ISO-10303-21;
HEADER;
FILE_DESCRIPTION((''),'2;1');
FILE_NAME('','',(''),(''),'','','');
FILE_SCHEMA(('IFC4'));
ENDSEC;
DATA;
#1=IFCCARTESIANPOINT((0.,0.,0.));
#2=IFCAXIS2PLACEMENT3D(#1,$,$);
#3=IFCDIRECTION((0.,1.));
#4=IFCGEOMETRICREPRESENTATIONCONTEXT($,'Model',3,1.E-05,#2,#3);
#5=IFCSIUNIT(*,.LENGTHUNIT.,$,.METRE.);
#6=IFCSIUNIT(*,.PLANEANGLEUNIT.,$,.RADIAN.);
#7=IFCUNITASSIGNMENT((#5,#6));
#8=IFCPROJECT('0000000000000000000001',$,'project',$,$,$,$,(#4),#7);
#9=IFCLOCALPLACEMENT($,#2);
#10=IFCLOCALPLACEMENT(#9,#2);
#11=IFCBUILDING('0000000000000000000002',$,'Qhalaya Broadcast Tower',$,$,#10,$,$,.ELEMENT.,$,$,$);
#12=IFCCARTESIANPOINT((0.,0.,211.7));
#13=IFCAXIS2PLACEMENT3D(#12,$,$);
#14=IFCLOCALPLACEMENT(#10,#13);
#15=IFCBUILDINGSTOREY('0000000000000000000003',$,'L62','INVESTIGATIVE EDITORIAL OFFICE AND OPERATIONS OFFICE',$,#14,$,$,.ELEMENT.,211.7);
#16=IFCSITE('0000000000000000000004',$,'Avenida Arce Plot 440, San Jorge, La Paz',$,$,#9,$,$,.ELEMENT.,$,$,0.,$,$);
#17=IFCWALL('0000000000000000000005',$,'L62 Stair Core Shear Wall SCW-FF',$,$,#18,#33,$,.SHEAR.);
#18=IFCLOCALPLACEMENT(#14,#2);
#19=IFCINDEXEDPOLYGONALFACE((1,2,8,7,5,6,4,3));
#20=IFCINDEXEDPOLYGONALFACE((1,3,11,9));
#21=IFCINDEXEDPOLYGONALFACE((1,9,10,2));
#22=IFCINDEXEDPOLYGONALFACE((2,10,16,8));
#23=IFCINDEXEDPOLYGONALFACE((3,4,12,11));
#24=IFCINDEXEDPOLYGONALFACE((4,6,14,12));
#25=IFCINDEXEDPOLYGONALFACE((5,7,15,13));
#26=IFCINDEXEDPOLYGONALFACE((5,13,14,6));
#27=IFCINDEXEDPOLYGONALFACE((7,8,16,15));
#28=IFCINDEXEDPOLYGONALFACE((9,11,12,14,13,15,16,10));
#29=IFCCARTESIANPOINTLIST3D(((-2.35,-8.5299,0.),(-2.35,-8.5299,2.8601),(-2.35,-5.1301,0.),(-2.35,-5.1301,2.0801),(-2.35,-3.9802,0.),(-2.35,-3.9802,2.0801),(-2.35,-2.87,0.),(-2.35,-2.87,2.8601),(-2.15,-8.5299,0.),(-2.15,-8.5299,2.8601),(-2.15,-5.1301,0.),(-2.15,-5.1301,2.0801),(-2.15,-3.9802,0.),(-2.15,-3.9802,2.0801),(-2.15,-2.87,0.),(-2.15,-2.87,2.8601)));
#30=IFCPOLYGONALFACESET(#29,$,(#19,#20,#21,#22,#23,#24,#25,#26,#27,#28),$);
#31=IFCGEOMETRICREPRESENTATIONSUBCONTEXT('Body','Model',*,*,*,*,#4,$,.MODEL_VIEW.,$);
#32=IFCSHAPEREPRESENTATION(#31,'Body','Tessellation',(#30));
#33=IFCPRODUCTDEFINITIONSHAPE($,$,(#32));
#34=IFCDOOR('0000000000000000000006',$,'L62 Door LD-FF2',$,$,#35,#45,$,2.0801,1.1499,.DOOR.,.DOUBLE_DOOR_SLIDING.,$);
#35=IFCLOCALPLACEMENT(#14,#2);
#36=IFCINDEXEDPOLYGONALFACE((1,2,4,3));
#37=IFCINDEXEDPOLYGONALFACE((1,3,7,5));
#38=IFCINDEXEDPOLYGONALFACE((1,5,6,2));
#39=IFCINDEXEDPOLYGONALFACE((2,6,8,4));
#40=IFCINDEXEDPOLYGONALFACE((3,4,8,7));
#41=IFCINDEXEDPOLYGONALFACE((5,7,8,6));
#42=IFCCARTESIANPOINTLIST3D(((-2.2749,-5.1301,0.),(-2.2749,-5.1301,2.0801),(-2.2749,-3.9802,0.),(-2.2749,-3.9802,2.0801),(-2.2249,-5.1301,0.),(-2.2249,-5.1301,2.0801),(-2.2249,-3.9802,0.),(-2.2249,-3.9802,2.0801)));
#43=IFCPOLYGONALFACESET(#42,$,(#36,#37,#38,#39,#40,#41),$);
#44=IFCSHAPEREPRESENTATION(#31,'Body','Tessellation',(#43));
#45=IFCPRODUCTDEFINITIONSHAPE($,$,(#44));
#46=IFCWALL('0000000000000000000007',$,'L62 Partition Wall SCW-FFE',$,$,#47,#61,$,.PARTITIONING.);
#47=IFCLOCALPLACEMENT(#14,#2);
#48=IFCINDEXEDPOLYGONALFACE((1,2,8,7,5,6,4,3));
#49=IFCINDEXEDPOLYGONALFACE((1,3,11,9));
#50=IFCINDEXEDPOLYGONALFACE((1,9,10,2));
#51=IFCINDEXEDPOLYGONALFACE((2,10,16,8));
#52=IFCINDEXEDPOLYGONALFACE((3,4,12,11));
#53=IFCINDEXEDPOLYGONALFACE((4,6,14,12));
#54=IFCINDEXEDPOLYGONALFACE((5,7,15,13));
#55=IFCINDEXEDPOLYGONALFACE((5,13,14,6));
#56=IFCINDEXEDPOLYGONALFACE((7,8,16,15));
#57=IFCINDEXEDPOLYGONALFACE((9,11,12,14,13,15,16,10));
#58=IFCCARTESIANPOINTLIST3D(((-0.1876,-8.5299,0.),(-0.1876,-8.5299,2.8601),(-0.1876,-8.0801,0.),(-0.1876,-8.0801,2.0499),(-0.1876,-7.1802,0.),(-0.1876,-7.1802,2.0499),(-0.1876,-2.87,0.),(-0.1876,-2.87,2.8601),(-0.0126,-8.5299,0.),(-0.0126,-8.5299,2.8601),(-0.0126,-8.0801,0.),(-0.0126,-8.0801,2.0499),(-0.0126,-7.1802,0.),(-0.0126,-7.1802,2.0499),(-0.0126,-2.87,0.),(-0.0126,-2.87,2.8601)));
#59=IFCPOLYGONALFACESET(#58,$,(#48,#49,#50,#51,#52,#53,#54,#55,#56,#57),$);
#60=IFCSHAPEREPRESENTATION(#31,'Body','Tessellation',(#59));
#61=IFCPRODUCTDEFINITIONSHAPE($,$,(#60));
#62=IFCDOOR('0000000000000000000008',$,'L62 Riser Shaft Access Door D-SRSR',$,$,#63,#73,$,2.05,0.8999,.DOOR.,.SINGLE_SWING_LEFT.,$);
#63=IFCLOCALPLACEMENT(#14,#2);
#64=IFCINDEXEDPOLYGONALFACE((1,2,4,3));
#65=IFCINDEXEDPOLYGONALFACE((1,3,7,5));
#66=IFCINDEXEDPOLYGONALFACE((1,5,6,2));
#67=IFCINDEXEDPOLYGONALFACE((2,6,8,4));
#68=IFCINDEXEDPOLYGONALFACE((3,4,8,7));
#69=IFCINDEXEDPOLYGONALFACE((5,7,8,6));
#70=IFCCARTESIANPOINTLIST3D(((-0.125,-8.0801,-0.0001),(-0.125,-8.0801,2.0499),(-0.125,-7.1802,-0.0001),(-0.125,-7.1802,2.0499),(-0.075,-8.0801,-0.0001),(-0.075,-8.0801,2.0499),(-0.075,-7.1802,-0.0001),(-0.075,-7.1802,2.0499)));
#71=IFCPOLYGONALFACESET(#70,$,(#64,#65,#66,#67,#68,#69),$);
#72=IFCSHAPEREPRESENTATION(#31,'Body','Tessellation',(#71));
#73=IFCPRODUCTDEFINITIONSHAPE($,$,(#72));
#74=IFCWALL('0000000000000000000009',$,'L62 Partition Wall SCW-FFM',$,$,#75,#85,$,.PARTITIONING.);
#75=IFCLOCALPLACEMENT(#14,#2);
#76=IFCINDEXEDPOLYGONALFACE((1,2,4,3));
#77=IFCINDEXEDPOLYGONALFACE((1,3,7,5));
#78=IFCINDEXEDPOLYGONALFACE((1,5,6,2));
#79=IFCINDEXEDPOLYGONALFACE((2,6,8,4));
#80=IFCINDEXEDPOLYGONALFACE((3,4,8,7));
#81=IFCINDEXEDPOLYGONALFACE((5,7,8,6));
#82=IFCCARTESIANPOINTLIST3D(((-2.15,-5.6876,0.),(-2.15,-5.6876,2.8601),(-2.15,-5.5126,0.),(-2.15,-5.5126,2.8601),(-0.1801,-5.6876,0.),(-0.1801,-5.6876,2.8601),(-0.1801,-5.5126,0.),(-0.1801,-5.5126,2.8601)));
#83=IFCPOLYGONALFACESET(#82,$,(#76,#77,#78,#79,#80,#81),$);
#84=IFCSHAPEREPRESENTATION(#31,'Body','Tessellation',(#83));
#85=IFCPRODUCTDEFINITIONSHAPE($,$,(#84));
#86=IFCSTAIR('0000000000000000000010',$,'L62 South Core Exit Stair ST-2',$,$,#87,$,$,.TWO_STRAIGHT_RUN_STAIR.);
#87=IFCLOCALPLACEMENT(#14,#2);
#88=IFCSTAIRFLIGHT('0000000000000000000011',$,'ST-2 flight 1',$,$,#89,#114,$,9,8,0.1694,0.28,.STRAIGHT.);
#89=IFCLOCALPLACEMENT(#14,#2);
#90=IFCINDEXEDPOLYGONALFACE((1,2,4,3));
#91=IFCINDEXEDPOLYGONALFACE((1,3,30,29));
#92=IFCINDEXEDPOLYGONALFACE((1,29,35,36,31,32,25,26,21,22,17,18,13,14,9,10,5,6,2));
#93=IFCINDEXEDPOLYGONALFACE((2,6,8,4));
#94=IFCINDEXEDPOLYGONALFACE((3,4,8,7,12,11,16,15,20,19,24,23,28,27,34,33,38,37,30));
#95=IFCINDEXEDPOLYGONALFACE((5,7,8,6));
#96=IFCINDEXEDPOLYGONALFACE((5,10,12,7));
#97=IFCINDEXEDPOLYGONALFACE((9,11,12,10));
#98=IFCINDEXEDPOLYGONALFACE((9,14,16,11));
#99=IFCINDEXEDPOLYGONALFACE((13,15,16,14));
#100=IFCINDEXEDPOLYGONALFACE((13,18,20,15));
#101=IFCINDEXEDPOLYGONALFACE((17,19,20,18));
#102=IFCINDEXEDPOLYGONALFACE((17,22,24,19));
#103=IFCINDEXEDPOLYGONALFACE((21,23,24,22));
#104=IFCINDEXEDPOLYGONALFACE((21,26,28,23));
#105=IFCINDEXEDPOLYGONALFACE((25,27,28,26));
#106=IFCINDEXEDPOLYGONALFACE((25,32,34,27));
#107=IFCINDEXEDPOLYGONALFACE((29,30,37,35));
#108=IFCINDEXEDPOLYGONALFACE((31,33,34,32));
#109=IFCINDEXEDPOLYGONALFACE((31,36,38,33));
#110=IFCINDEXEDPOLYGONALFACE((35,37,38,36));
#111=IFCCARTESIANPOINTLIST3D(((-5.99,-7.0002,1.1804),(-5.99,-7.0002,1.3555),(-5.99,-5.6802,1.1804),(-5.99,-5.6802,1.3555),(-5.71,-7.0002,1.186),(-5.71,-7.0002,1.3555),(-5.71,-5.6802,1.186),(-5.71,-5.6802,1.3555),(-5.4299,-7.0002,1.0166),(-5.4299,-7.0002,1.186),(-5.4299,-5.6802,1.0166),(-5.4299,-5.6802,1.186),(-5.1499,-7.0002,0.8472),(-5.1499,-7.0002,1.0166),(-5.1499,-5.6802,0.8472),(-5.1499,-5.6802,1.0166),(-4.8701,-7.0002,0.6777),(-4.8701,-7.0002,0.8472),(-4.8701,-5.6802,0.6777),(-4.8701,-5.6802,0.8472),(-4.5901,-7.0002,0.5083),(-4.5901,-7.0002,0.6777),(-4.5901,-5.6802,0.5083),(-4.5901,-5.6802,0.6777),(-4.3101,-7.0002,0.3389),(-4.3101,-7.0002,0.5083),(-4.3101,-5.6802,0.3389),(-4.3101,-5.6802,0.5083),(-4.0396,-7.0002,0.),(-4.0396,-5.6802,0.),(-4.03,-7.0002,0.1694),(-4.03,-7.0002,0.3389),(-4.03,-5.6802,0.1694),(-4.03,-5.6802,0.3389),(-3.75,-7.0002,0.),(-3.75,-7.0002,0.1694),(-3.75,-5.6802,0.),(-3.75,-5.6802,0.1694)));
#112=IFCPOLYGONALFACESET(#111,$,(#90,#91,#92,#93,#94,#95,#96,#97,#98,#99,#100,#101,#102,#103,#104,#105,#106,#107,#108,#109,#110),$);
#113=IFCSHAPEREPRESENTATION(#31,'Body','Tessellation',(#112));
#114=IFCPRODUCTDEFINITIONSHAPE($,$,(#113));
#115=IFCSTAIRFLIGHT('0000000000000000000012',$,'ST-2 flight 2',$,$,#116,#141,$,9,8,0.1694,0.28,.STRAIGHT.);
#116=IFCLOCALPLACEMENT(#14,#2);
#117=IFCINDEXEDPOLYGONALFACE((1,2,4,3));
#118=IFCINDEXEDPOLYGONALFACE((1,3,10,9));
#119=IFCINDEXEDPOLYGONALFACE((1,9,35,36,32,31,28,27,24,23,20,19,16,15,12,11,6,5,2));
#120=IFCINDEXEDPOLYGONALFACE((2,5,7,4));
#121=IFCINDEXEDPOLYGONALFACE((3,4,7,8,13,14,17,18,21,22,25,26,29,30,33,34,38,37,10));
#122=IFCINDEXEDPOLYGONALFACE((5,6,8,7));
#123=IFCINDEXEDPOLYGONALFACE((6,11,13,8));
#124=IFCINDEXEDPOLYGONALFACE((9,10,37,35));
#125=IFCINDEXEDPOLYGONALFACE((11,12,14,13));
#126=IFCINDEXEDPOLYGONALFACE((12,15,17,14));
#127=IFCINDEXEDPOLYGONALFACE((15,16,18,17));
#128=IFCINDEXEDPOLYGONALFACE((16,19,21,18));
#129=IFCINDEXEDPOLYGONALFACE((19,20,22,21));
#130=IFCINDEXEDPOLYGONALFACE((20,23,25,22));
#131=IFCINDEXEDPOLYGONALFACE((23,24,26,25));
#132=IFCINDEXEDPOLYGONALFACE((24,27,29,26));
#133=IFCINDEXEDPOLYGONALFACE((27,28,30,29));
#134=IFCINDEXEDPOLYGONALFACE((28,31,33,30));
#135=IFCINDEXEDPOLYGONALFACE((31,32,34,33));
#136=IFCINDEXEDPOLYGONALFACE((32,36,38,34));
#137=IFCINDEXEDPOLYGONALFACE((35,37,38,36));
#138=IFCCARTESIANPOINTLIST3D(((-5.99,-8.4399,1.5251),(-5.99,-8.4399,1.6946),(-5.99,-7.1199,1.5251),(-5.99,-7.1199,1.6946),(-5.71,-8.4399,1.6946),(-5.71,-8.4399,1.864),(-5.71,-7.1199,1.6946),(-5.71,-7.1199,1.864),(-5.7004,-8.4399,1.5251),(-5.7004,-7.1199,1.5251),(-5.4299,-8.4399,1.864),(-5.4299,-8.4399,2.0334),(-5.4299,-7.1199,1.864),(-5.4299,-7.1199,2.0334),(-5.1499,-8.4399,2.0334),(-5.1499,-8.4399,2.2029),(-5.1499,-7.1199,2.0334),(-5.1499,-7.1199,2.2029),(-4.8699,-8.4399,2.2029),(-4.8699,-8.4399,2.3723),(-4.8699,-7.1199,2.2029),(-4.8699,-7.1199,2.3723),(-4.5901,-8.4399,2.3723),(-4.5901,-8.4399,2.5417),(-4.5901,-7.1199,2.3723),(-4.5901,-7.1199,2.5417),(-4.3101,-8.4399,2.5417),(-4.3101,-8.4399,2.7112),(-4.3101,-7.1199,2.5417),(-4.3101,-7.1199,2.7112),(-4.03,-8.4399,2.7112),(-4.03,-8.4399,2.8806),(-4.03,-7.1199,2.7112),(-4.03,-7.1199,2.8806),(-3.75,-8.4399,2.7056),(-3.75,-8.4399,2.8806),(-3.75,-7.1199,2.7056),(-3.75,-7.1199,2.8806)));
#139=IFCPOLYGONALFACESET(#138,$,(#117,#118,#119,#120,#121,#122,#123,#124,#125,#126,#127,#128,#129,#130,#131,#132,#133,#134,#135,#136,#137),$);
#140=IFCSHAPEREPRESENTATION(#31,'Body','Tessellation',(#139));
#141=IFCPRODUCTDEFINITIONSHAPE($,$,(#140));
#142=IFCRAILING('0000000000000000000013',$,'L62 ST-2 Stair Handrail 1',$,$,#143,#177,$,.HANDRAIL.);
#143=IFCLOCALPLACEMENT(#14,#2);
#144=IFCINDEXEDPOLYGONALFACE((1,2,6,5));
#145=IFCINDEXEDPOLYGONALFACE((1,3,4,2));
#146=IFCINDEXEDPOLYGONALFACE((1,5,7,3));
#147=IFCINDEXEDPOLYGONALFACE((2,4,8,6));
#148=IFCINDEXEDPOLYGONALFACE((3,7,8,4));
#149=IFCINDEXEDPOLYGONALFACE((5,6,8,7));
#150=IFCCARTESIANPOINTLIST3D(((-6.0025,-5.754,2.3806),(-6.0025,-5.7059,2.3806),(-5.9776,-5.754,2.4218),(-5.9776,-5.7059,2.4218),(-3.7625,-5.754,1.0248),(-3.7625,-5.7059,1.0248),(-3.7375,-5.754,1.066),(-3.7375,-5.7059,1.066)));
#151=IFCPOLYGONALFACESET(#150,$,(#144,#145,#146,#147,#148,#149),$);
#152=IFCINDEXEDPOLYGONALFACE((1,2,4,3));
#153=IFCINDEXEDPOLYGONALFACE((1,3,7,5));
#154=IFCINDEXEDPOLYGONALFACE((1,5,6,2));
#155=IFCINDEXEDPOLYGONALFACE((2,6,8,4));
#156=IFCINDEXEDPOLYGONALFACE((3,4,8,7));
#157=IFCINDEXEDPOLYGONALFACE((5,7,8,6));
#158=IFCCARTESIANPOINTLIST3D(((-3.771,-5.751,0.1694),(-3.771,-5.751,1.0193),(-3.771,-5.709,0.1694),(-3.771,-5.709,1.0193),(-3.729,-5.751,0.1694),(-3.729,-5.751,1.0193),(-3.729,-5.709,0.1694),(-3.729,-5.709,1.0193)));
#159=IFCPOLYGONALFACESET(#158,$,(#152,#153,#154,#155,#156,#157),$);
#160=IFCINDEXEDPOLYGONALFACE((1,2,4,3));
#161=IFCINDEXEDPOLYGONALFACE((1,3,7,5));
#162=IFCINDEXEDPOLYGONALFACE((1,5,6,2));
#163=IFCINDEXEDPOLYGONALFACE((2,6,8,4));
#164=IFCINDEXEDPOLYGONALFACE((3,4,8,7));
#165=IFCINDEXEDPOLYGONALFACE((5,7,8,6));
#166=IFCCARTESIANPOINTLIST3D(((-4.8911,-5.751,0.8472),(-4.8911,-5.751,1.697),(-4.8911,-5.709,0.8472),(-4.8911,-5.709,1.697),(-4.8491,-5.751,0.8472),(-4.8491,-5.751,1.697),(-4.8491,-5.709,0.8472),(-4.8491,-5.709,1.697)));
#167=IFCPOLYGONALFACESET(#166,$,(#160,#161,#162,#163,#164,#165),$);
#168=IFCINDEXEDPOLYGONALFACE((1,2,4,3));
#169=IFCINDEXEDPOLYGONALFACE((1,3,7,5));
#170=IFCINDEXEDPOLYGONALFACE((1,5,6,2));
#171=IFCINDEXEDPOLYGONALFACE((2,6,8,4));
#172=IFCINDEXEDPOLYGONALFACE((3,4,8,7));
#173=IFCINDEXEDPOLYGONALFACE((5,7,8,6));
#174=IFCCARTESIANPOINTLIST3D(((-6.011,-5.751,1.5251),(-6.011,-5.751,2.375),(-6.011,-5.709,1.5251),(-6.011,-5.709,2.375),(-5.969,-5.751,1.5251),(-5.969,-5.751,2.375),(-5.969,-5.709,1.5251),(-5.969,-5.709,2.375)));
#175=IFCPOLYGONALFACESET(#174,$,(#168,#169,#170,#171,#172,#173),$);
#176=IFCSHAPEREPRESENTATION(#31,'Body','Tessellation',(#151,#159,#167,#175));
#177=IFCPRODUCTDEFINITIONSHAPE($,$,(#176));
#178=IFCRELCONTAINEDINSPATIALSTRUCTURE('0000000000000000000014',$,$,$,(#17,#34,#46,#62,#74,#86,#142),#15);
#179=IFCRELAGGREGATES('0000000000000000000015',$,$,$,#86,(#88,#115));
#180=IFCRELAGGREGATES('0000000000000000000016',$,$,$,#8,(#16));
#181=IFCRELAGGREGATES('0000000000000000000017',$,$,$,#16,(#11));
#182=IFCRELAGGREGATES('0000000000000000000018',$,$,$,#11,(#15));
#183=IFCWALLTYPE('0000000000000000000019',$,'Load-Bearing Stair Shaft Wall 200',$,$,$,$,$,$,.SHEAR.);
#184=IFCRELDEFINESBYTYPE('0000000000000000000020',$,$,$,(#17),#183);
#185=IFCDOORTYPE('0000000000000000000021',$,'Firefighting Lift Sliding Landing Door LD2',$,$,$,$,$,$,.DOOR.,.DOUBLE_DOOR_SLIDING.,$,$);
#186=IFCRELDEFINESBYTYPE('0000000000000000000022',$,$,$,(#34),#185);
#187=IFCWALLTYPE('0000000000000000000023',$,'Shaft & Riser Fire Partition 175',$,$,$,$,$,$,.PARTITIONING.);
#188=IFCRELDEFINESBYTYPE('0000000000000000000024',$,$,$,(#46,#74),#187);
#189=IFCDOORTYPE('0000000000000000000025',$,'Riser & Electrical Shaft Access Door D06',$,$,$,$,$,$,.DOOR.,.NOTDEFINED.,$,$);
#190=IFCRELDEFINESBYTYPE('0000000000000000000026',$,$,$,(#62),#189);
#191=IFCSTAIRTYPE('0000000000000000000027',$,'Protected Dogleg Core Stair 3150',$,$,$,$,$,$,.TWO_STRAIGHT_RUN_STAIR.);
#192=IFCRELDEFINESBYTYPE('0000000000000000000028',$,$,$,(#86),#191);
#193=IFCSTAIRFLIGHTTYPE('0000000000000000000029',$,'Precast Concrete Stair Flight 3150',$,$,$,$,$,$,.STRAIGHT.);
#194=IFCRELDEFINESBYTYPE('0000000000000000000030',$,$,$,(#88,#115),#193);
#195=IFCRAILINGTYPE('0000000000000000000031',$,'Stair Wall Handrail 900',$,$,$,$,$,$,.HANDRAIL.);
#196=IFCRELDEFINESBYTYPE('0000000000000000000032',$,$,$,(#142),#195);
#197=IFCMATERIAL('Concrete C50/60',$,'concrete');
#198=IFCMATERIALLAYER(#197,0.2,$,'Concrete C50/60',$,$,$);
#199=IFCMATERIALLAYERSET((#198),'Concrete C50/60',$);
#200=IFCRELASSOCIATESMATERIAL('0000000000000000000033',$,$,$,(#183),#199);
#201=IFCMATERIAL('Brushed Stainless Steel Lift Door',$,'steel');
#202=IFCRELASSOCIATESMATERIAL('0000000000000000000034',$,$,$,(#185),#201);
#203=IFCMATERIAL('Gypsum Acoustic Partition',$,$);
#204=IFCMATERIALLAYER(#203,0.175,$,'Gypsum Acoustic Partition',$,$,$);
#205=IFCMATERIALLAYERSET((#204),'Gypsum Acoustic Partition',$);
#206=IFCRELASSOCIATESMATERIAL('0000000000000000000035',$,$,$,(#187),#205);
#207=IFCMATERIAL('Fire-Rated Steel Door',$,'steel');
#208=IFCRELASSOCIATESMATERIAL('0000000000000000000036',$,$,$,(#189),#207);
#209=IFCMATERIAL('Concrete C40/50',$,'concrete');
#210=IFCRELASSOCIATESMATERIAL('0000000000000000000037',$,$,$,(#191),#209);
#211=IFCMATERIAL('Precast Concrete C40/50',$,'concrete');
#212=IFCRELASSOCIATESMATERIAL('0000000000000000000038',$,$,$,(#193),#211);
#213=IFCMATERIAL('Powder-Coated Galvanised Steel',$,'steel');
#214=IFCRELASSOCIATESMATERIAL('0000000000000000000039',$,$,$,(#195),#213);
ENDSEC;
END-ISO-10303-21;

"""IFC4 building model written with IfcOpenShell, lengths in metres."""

from ifc_helpers import new_model, si_unit, direction, frame, frame_2d, origin, origin_2d, place, context, subcontext, project, spatial, polyline, rectangle, outline, extrude, material, layer, layer_set, type_object, element, fill, aggregate, save


model = new_model("IFC4")

# Units and contexts
model_context = context("Model", 3, precision=1e-05, world=origin(), true_north=direction((0.0, 1.0)))
body_context = subcontext(model_context, "Body", "Model", "MODEL_VIEW")
ifc_project = project(units=[si_unit("LENGTHUNIT", "METRE"), si_unit("PLANEANGLEUNIT", "RADIAN")], contexts=[model_context])

# Site, building, storey
site_placement = place(None, origin())
site = spatial("IfcSite", under=ifc_project, at=site_placement, Name="Avenida Arce Plot 440, San Jorge, La Paz", CompositionType="ELEMENT", RefElevation=0.0)
building_placement = place(site_placement, origin())
building = spatial("IfcBuilding", under=site, at=building_placement, Name="Qhalaya Broadcast Tower", CompositionType="ELEMENT")
storey_placement = place(building_placement, frame((0.0, 0.0, 211.7)))
storey = spatial("IfcBuildingStorey", under=building, at=storey_placement, Name="L62", Description="INVESTIGATIVE EDITORIAL OFFICE AND OPERATIONS OFFICE", CompositionType="ELEMENT", Elevation=211.7)

# Shared definitions
ifc_material_1 = material(Name="Concrete C50/60", Category="concrete")

# Walls, openings, doors
ifc_material_2 = material(Name="Gypsum Acoustic Partition")
ifc_layer_1 = layer(ifc_material_1, 0.2, Name="Concrete C50/60")
ifc_layer_set_1 = layer_set([ifc_layer_1], Name="Concrete C50/60")
wall_type_1 = type_object("IfcWallType", Name="Load-Bearing Stair Shaft Wall 200", PredefinedType="SHEAR", material=ifc_layer_set_1)
ifc_material_3 = material(Name="Fire-Rated Steel Door", Category="steel")
wall_1_placement = place(storey_placement, frame((-2.25, -8.53, 0.0), z_axis=(0.0, 0.0, 1.0), x_axis=(0.0, 1.0, 0.0)))
wall_1 = element("IfcWall", 1, at=wall_1_placement, inside=storey, type_object=wall_type_1, Name="L62 Stair Core Shear Wall SCW-FF", PredefinedType="SHEAR", context=body_context, shape_type="SweptSolid", body=[
    extrude(rectangle(XDim=5.6599, YDim=0.2, at=frame_2d((2.8301, 0.0))), origin(), (0.0, 0.0, 1.0), 2.8601),
])
opening_1_placement = place(wall_1_placement, frame((3.3999, 0.0, 0.0)))
opening_1 = element("IfcOpeningElement", 2, at=opening_1_placement, cuts=wall_1, PredefinedType="OPENING", context=body_context, shape_type="SweptSolid", body=[
    extrude(rectangle(XDim=1.1499, YDim=2.0801, at=frame_2d((0.575, 1.04))), frame((0.0, 0.1121, 0.0), z_axis=(0.0, -1.0, 0.0), x_axis=(1.0, 0.0, 0.0)), (0.0, 0.0, 1.0), 0.2239),
])
ifc_material_4 = material(Name="Brushed Stainless Steel Lift Door", Category="steel")
door_type_1 = type_object("IfcDoorType", Name="Firefighting Lift Sliding Landing Door LD2", OperationType="DOUBLE_DOOR_SLIDING", PredefinedType="DOOR", material=ifc_material_4)
door_1_placement = place(opening_1_placement, origin())
door_1 = element("IfcDoor", 3, at=door_1_placement, inside=storey, type_object=door_type_1, Name="L62 Door LD-FF2", OperationType="DOUBLE_DOOR_SLIDING", OverallHeight=2.0801, OverallWidth=1.1499, PredefinedType="DOOR", context=body_context, shape_type="SweptSolid", body=[
    extrude(rectangle(XDim=1.1499, YDim=2.0801, at=frame_2d((0.575, 1.04))), frame((0.0, 0.0249, 0.0), z_axis=(0.0, -1.0, 0.0), x_axis=(1.0, 0.0, 0.0)), (0.0, 0.0, 1.0), 0.05),
])
fill(opening_1, door_1)
ifc_layer_2 = layer(ifc_material_2, 0.175, Name="Gypsum Acoustic Partition")
ifc_layer_set_2 = layer_set([ifc_layer_2], Name="Gypsum Acoustic Partition")
wall_type_2 = type_object("IfcWallType", Name="Shaft & Riser Fire Partition 175", PredefinedType="PARTITIONING", material=ifc_layer_set_2)
wall_2_placement = place(storey_placement, frame((-0.1001, -8.53, 0.0), z_axis=(0.0, 0.0, 1.0), x_axis=(0.0, 1.0, 0.0)))
wall_2 = element("IfcWall", 4, at=wall_2_placement, inside=storey, type_object=wall_type_2, Name="L62 Partition Wall SCW-FFE", PredefinedType="PARTITIONING", context=body_context, shape_type="SweptSolid", body=[
    extrude(rectangle(XDim=5.6599, YDim=0.175, at=frame_2d((2.8301, 0.0))), origin(), (0.0, 0.0, 1.0), 2.8601),
])
opening_2_placement = place(wall_2_placement, frame((0.45, 0.0, 0.0)))
opening_2 = element("IfcOpeningElement", 5, at=opening_2_placement, cuts=wall_2, PredefinedType="OPENING", context=body_context, shape_type="SweptSolid", body=[
    extrude(rectangle(XDim=0.8999, YDim=2.05, at=frame_2d((0.45, 1.0249))), frame((0.0, 0.0996, 0.0), z_axis=(0.0, -1.0, 0.0), x_axis=(1.0, 0.0, 0.0)), (0.0, 0.0, 1.0), 0.199),
])
door_type_2 = type_object("IfcDoorType", Name="Riser & Electrical Shaft Access Door D06", OperationType="NOTDEFINED", PredefinedType="DOOR", material=ifc_material_3)
door_2_placement = place(opening_2_placement, origin())
door_2 = element("IfcDoor", 6, at=door_2_placement, inside=storey, type_object=door_type_2, Name="L62 Riser Shaft Access Door D-SRSR", OperationType="SINGLE_SWING_LEFT", OverallHeight=2.05, OverallWidth=0.8999, PredefinedType="DOOR", context=body_context, shape_type="SweptSolid", body=[
    extrude(rectangle(XDim=0.8999, YDim=2.05, at=frame_2d((0.45, 1.0249))), frame((0.0, 0.0249, 0.0), z_axis=(0.0, -1.0, 0.0), x_axis=(1.0, 0.0, 0.0)), (0.0, 0.0, 1.0), 0.05),
])
fill(opening_2, door_2)

# Wall
wall_3_placement = place(storey_placement, frame((-2.1499, -5.6001, 0.0), z_axis=(0.0, 0.0, 1.0), x_axis=(1.0, 0.0, 0.0)))
element("IfcWall", 7, at=wall_3_placement, inside=storey, type_object=wall_type_2, Name="L62 Partition Wall SCW-FFM", PredefinedType="PARTITIONING", context=body_context, shape_type="SweptSolid", body=[
    extrude(rectangle(XDim=1.97, YDim=0.175, at=frame_2d((0.9849, 0.0))), origin(), (0.0, 0.0, 1.0), 2.8601),
])

# Stair, stair flights
ifc_material_5 = material(Name="Concrete C40/50", Category="concrete")
stair_type = type_object("IfcStairType", Name="Protected Dogleg Core Stair 3150", PredefinedType="TWO_STRAIGHT_RUN_STAIR", material=ifc_material_5)
stair_placement = place(storey_placement, origin())
stair = element("IfcStair", 8, at=stair_placement, inside=storey, type_object=stair_type, Name="L62 South Core Exit Stair ST-2", PredefinedType="TWO_STRAIGHT_RUN_STAIR")
ifc_material_6 = material(Name="Precast Concrete C40/50", Category="concrete")
stair_flight_type = type_object("IfcStairFlightType", Name="Precast Concrete Stair Flight 3150", PredefinedType="STRAIGHT", material=ifc_material_6)
stair_flight_1_placement = place(storey_placement, frame((-3.75, -6.3401, 0.0), z_axis=(0.0, 0.0, 1.0), x_axis=(-1.0, 0.0, 0.0)))
stair_flight_1 = element("IfcStairFlight", 9, at=stair_flight_1_placement, type_object=stair_flight_type, Name="ST-2 flight 1", NumberOfRisers=9, NumberOfTreads=8, PredefinedType="STRAIGHT", RiserHeight=0.1694, TreadLength=0.28, context=body_context, shape_type="SweptSolid", body=[
    extrude(outline(polyline([(0.0, 0.0), (0.0, 0.1694), (0.28, 0.1694), (0.28, 0.3389), (0.5601, 0.3389), (0.5601, 0.5083), (0.8401, 0.5083), (0.8401, 0.6777), (1.1201, 0.6777), (1.1201, 0.8472), (1.3999, 0.8472), (1.3999, 1.0166), (1.6799, 1.0166), (1.6799, 1.186), (1.96, 1.186), (1.96, 1.3555), (2.24, 1.3555), (2.24, 1.5249), (2.24, 1.1804), (0.2896, 0.0), (0.0, 0.0)])), frame((0.0, 0.6602, 0.0), z_axis=(0.0, -1.0, 0.0), x_axis=(1.0, 0.0, 0.0)), (0.0, 0.0, 1.0), 1.3201),
])
stair_flight_2_placement = place(storey_placement, frame((-5.99, -7.78, 1.5251), z_axis=(0.0, 0.0, 1.0), x_axis=(1.0, 0.0, 0.0)))
stair_flight_2 = element("IfcStairFlight", 10, at=stair_flight_2_placement, type_object=stair_flight_type, Name="ST-2 flight 2", NumberOfRisers=9, NumberOfTreads=8, PredefinedType="STRAIGHT", RiserHeight=0.1694, TreadLength=0.28, context=body_context, shape_type="SweptSolid", body=[
    extrude(outline(polyline([(0.0, 0.0), (0.0, 0.1694), (0.28, 0.1694), (0.28, 0.3389), (0.5601, 0.3389), (0.5601, 0.5083), (0.8401, 0.5083), (0.8401, 0.6777), (1.1201, 0.6777), (1.1201, 0.8472), (1.3999, 0.8472), (1.3999, 1.0166), (1.6799, 1.0166), (1.6799, 1.186), (1.96, 1.186), (1.96, 1.3555), (2.24, 1.3555), (2.24, 1.5249), (2.24, 1.1804), (0.2896, 0.0), (0.0, 0.0)])), frame((0.0, 0.6602, 0.0), z_axis=(0.0, -1.0, 0.0), x_axis=(1.0, 0.0, 0.0)), (0.0, 0.0, 1.0), 1.3201),
])
aggregate(stair, [stair_flight_1, stair_flight_2])

# Railing
ifc_material_7 = material(Name="Powder-Coated Galvanised Steel", Category="steel")
railing_type_1 = type_object("IfcRailingType", Name="Stair Wall Handrail 900", PredefinedType="HANDRAIL", material=ifc_material_7)
railing_1_placement = place(storey_placement, frame((-3.75, -5.73, 0.1694)))
element("IfcRailing", 11, at=railing_1_placement, inside=storey, type_object=railing_type_1, Name="L62 ST-2 Stair Handrail 1", PredefinedType="HANDRAIL", context=body_context, shape_type="SweptSolid", body=[
    extrude(rectangle(XDim=0.0481, YDim=0.0481, at=origin_2d()), frame((0.0, 0.0, 0.876), z_axis=(-0.855512, 0.0, 0.517783), x_axis=(0.0, -1.0, 0.0)), (0.0, 0.0, 1.0), 2.6184),
    extrude(rectangle(XDim=0.042, YDim=0.042, at=origin_2d()), origin(), (0.0, 0.0, 1.0), 0.8499),
    extrude(rectangle(XDim=0.042, YDim=0.042, at=origin_2d()), frame((-1.1201, 0.0, 0.6777)), (0.0, 0.0, 1.0), 0.8499),
    extrude(rectangle(XDim=0.042, YDim=0.042, at=origin_2d()), frame((-2.24, 0.0, 1.3557)), (0.0, 0.0, 1.0), 0.8499),
])

save(model, "model.ifc")
